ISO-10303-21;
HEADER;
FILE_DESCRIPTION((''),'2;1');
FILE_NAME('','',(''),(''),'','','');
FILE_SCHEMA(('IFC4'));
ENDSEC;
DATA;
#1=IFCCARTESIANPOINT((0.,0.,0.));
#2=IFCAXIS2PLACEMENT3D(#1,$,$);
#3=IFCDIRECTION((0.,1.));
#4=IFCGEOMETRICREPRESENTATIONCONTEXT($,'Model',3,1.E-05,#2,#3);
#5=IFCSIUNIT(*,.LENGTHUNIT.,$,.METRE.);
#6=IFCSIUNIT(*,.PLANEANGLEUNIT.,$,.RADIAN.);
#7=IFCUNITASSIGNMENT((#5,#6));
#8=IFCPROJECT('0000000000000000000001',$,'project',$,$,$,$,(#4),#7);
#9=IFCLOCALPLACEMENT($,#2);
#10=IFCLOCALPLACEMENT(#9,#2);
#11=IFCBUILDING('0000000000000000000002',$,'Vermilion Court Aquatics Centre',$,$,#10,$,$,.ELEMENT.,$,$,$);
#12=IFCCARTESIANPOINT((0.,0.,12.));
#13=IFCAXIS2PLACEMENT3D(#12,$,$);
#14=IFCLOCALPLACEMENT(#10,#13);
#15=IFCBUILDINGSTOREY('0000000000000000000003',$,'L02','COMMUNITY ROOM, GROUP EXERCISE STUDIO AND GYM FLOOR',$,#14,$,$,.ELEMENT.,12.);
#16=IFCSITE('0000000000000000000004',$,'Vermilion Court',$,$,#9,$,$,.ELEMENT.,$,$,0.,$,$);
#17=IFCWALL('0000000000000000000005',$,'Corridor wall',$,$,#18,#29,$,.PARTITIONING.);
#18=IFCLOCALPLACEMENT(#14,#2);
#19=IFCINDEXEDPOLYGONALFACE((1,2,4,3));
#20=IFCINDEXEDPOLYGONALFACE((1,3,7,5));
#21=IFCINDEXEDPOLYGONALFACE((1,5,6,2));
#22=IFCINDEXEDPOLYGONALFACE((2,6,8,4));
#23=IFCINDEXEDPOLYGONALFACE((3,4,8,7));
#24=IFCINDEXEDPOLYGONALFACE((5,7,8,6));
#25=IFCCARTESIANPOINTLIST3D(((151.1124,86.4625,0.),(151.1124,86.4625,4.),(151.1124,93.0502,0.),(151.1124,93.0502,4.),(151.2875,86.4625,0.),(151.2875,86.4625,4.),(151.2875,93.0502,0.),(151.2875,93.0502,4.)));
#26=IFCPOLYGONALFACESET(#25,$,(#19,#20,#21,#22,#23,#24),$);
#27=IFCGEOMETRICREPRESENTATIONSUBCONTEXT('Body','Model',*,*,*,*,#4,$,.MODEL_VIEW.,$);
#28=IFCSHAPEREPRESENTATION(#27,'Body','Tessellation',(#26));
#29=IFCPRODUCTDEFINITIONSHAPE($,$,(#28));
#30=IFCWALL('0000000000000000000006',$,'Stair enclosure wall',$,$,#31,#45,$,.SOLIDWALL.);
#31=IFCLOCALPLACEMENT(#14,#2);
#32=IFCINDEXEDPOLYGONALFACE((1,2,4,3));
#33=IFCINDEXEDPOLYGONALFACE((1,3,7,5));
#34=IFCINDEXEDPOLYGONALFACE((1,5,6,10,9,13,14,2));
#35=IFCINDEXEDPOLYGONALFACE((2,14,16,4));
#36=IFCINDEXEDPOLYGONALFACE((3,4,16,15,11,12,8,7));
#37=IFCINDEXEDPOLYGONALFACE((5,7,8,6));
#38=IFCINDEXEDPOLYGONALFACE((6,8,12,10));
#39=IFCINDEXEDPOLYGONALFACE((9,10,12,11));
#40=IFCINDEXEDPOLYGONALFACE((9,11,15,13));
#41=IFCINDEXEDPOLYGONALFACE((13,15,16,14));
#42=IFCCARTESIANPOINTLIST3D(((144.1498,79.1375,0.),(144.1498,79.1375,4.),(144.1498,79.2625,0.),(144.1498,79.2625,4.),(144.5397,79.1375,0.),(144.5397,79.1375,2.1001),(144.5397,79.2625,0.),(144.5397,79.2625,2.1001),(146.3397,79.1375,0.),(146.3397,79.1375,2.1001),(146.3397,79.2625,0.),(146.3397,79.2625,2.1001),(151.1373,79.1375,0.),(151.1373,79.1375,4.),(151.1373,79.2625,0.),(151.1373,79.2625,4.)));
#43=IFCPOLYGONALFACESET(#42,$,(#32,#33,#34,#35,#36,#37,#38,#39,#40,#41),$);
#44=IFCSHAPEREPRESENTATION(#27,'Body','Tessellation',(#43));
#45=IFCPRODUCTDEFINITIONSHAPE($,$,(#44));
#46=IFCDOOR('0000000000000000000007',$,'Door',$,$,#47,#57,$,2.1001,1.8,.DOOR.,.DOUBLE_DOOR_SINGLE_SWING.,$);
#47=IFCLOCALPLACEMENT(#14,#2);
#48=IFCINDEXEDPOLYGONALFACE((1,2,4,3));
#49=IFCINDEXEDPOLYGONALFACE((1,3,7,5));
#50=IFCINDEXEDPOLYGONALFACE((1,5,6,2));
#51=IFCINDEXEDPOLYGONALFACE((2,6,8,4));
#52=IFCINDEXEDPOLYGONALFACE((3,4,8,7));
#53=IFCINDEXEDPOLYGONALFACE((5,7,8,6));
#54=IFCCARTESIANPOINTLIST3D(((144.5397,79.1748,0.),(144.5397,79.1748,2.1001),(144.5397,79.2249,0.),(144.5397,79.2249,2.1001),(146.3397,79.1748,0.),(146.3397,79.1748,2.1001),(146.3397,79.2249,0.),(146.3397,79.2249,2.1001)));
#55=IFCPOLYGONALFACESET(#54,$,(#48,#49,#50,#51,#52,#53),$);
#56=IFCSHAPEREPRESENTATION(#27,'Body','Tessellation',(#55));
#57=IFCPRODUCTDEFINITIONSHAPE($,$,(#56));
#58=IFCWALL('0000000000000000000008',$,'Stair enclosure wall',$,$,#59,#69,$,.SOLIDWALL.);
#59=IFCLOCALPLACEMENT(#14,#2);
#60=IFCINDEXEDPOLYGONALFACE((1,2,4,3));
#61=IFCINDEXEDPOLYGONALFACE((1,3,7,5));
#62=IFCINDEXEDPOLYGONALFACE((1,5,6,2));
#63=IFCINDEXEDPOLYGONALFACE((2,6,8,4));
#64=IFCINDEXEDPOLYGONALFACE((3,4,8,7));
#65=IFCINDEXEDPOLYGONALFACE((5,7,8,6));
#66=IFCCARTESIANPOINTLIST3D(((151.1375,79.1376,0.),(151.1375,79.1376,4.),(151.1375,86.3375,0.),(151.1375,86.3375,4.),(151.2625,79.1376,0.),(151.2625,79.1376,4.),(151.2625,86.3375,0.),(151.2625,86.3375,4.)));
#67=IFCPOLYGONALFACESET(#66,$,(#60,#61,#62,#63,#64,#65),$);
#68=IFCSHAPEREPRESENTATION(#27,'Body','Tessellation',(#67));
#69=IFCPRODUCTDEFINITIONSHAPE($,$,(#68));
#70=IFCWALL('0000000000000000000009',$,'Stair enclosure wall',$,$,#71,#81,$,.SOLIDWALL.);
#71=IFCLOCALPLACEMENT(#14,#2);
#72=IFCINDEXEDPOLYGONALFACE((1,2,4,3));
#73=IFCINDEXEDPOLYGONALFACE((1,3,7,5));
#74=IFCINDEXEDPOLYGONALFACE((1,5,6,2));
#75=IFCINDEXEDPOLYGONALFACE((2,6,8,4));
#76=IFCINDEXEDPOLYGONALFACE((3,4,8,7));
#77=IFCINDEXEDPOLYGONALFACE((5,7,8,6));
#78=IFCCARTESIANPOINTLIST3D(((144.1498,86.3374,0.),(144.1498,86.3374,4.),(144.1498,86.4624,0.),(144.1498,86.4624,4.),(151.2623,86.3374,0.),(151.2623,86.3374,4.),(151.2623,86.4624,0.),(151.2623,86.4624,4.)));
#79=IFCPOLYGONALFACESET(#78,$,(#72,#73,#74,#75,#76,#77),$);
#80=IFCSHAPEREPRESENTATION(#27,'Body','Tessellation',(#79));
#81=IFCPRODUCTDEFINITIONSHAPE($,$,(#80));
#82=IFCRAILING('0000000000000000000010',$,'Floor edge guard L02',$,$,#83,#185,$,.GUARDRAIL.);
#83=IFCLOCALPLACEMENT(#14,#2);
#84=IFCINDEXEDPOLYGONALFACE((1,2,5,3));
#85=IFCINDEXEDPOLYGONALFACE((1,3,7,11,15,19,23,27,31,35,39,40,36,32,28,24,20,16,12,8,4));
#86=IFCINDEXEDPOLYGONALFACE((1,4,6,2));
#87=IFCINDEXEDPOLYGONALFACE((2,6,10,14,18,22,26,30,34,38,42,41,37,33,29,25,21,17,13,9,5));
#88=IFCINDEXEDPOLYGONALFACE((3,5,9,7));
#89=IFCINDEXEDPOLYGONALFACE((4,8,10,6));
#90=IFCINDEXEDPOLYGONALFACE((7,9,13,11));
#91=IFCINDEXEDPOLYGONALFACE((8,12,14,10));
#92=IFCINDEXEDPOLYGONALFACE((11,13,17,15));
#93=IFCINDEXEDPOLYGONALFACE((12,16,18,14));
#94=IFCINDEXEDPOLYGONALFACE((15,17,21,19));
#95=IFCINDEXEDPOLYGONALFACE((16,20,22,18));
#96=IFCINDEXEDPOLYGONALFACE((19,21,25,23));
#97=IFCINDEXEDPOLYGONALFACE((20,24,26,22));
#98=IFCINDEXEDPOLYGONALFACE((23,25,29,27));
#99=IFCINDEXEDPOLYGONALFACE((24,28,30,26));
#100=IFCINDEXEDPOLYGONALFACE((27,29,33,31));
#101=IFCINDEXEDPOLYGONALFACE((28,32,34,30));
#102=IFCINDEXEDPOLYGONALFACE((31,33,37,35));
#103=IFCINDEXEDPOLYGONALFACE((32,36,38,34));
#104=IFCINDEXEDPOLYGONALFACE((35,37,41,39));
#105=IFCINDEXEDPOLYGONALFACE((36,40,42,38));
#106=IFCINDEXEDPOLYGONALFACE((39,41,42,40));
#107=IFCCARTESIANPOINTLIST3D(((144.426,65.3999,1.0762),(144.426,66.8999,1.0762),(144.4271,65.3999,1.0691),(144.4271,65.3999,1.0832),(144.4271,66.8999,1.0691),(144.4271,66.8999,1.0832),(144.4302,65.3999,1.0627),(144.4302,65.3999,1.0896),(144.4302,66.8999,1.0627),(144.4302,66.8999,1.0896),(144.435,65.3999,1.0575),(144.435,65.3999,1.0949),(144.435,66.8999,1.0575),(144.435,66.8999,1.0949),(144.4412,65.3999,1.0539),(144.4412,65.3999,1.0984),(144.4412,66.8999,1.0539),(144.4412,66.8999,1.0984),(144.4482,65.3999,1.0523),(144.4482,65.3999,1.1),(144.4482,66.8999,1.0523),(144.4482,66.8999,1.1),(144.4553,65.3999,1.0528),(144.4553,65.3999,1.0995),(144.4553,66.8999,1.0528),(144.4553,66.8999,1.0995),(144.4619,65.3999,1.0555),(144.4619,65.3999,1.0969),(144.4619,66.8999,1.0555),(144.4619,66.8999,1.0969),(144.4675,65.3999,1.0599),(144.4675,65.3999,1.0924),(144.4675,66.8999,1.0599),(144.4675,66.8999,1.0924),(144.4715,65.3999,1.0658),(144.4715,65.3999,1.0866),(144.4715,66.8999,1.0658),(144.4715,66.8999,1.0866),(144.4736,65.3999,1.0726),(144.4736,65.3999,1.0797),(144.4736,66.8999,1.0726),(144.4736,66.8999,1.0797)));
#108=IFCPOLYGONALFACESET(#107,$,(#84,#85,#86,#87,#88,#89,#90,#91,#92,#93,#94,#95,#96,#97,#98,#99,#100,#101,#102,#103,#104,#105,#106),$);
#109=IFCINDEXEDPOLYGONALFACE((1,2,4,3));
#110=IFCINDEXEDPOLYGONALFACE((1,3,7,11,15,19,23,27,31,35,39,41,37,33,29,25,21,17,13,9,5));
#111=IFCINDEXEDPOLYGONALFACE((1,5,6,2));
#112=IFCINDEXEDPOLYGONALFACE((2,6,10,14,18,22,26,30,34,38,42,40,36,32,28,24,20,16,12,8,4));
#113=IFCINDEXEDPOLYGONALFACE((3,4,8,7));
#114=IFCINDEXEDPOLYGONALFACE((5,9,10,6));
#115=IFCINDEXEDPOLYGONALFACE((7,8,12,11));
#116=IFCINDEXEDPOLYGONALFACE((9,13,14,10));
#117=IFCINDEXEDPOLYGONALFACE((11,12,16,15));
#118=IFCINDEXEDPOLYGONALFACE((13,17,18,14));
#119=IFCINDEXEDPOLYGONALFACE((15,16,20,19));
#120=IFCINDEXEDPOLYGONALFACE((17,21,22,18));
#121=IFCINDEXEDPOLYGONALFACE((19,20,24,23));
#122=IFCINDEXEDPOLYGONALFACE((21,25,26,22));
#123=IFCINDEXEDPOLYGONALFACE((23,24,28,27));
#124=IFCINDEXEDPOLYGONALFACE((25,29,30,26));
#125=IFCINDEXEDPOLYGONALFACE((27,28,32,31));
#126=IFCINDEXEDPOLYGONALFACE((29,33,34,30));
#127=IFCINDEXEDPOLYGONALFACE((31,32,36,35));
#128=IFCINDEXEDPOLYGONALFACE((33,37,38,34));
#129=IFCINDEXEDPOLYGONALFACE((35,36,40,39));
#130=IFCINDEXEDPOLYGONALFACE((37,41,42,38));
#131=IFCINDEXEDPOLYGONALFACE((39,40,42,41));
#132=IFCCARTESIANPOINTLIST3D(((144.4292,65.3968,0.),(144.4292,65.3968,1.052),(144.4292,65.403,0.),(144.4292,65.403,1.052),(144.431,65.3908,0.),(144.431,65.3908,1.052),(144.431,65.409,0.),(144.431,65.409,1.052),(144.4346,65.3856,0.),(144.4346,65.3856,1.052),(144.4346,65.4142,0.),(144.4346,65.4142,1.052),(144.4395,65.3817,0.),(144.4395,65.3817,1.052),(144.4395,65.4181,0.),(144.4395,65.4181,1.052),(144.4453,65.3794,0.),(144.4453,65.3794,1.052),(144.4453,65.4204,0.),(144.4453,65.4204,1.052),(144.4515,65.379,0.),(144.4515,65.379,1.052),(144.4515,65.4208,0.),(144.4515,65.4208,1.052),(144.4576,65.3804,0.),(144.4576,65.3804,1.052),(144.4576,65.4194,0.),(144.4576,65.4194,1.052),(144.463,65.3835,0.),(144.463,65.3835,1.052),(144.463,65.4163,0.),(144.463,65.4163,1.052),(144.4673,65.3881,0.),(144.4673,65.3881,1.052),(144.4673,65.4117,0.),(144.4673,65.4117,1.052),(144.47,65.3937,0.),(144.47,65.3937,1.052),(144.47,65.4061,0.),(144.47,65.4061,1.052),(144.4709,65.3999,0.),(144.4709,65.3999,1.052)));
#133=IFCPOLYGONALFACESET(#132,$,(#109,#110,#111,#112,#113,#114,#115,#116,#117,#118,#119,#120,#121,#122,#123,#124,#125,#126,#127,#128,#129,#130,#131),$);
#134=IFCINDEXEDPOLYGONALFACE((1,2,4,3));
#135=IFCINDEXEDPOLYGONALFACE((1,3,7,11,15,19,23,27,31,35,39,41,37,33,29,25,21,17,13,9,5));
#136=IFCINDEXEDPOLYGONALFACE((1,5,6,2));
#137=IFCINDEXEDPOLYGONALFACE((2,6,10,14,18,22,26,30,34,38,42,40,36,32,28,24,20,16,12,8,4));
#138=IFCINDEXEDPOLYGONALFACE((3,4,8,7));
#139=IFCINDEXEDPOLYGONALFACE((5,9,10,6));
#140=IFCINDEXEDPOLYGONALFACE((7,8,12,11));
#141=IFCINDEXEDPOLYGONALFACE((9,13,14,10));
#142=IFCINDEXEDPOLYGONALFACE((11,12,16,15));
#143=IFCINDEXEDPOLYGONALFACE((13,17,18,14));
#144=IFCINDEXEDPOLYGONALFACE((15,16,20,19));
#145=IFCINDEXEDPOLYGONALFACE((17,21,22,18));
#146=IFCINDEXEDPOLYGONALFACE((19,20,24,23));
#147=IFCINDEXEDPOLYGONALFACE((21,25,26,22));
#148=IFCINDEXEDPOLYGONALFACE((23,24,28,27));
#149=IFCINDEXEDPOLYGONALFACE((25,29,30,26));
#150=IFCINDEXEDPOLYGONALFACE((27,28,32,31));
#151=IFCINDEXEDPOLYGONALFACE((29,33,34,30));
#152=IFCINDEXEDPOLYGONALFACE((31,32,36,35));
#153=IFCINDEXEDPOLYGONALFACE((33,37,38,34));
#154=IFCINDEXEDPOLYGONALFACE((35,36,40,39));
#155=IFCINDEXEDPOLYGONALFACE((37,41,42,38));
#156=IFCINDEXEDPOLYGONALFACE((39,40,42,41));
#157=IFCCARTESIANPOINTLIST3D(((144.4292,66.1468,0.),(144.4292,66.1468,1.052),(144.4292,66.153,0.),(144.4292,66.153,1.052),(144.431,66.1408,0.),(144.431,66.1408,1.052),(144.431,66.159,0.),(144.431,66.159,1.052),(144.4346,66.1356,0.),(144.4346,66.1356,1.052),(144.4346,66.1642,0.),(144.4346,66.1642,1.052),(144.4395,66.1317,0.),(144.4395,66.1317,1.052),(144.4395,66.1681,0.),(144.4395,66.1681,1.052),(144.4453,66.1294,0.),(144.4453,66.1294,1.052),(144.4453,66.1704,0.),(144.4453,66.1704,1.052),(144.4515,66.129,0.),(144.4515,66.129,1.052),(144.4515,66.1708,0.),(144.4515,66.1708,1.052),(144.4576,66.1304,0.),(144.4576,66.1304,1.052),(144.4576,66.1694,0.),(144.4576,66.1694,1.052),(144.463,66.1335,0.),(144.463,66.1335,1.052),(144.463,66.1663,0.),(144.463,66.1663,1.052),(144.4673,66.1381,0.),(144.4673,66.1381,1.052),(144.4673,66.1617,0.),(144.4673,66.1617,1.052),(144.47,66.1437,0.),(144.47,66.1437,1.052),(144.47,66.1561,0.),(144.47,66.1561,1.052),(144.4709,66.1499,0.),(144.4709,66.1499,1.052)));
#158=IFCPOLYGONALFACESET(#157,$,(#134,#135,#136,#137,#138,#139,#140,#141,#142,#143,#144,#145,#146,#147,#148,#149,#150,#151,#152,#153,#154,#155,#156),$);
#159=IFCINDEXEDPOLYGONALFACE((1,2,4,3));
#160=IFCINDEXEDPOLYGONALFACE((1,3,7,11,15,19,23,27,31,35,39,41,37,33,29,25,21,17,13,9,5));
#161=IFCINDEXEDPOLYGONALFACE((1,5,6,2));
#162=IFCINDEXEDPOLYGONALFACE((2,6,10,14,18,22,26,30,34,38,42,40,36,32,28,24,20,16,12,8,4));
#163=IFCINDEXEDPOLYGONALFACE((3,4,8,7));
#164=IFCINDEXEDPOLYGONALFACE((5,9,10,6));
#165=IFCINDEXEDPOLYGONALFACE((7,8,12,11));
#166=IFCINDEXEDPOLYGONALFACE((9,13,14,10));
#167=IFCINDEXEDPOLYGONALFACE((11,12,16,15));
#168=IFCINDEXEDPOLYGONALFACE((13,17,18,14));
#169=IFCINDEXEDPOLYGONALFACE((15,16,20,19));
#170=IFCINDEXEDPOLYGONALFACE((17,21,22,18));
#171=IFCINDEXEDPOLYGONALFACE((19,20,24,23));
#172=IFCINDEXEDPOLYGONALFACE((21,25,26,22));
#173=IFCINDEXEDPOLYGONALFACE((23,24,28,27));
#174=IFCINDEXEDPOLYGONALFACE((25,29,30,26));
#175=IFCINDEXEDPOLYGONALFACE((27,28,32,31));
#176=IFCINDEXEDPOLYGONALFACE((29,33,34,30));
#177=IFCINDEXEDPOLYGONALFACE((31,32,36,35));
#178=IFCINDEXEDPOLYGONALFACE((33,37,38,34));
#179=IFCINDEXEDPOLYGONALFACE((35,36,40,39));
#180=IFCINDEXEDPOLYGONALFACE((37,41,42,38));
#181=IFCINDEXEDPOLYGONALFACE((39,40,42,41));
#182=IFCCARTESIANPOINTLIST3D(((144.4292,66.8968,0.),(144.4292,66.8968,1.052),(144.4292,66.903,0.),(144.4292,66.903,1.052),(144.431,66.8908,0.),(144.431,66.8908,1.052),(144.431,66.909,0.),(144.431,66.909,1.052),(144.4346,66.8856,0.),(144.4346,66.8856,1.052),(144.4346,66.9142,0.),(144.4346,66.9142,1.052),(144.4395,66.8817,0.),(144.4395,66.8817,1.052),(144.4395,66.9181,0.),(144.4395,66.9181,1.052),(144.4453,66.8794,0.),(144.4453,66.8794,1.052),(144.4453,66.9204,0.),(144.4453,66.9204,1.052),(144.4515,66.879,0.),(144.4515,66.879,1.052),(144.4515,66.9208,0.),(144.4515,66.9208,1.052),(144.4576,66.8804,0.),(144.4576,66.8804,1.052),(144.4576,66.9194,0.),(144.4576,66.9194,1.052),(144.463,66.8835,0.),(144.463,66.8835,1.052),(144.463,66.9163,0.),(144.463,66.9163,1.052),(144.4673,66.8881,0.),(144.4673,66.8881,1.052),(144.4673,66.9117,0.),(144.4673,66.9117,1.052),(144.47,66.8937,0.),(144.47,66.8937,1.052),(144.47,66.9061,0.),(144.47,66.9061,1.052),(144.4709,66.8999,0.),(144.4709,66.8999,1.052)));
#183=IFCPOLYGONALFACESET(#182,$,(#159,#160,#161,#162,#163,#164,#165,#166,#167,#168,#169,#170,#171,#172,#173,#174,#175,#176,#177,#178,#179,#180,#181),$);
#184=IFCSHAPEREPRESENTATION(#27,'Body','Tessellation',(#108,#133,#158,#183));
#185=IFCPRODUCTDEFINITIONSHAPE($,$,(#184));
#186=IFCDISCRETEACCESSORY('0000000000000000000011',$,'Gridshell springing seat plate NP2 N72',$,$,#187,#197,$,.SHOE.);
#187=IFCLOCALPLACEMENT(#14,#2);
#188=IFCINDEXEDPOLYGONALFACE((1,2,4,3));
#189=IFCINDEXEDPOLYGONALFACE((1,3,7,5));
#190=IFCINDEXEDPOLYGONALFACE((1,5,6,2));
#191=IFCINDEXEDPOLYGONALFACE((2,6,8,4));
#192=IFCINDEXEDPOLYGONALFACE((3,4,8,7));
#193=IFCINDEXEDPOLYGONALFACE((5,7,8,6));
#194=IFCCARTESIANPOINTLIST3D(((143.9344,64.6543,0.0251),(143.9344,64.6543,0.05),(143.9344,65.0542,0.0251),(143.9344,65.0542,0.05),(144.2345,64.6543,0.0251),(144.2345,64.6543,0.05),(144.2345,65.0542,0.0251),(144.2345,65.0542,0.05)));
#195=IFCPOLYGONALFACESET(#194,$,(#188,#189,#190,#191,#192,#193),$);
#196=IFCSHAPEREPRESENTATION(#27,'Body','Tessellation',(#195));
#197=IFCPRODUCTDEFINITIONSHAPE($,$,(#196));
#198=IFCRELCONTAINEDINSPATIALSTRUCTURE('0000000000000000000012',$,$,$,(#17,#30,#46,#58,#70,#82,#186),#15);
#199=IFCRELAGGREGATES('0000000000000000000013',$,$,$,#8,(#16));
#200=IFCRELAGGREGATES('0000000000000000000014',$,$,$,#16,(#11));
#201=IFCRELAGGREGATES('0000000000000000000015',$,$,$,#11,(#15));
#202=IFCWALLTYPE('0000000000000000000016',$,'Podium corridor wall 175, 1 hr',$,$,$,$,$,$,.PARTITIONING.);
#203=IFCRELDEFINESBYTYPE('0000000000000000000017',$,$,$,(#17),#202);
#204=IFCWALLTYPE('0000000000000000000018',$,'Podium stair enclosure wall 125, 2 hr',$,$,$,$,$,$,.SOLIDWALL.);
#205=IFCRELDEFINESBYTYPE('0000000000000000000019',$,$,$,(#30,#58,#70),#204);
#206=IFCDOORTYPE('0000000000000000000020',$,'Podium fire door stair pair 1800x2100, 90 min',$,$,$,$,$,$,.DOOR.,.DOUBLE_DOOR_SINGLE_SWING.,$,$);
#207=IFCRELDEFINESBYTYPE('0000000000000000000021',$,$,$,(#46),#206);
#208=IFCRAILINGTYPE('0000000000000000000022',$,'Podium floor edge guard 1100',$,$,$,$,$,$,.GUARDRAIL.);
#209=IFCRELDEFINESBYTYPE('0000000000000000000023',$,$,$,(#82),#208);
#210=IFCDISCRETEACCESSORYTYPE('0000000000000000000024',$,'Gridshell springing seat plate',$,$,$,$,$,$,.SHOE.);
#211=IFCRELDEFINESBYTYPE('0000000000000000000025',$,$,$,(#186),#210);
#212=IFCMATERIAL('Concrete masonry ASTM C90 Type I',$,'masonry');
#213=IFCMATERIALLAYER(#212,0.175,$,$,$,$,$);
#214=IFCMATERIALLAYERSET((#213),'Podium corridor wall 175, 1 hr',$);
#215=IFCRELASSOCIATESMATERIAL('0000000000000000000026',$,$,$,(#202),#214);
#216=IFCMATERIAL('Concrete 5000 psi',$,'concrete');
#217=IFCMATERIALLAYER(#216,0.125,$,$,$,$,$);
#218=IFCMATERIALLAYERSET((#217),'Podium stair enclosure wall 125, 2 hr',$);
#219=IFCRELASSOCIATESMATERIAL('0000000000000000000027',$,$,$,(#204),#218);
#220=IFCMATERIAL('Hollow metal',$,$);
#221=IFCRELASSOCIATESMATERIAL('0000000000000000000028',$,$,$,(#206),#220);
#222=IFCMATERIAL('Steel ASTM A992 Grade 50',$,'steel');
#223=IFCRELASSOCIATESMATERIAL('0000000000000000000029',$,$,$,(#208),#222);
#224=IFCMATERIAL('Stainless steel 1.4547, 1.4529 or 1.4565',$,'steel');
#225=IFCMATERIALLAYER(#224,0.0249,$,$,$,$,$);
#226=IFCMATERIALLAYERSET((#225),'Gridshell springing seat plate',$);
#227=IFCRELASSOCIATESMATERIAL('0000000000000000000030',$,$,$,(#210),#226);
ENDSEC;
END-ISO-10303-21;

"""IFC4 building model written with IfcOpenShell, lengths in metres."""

from ifc_helpers import new_model, si_unit, direction, frame, frame_2d, origin, origin_2d, place, context, subcontext, project, spatial, rectangle, circle, extrude, material, layer, layer_set, type_object, element, fill, save


model = new_model("IFC4")

# Units and contexts
model_context = context("Model", 3, precision=1e-05, world=origin(), true_north=direction((0.0, 1.0)))
body_context = subcontext(model_context, "Body", "Model", "MODEL_VIEW")
ifc_project = project(units=[si_unit("LENGTHUNIT", "METRE"), si_unit("PLANEANGLEUNIT", "RADIAN")], contexts=[model_context])

# Site, building, storey
site_placement = place(None, origin())
site = spatial("IfcSite", under=ifc_project, at=site_placement, Name="Vermilion Court", CompositionType="ELEMENT", RefElevation=0.0)
building_placement = place(site_placement, origin())
building = spatial("IfcBuilding", under=site, at=building_placement, Name="Vermilion Court Aquatics Centre", CompositionType="ELEMENT")
storey_placement = place(building_placement, frame((0.0, 0.0, 12.0)))
storey = spatial("IfcBuildingStorey", under=building, at=storey_placement, Name="L02", Description="COMMUNITY ROOM, GROUP EXERCISE STUDIO AND GYM FLOOR", CompositionType="ELEMENT", Elevation=12.0)

# Shared definitions
ifc_material_1 = material(Name="Concrete masonry ASTM C90 Type I", Category="masonry")
ifc_layer_1 = layer(ifc_material_1, 0.175)
ifc_layer_set_1 = layer_set([ifc_layer_1], Name="Podium corridor wall 175, 1 hr")
wall_type_1 = type_object("IfcWallType", Name="Podium corridor wall 175, 1 hr", PredefinedType="PARTITIONING", material=ifc_layer_set_1)

# Wall
wall_1_placement = place(storey_placement, frame((151.2, 86.4624, 0.0), z_axis=(0.0, 0.0, 1.0), x_axis=(0.0, 1.0, 0.0)))
element("IfcWall", 1, at=wall_1_placement, inside=storey, type_object=wall_type_1, Name="Corridor wall", PredefinedType="PARTITIONING", context=body_context, shape_type="SweptSolid", body=[
    extrude(rectangle(XDim=6.5876, YDim=0.175, at=frame_2d((3.2939, 0.0))), origin(), (0.0, 0.0, 1.0), 4.0),
])

# Wall, opening, door
ifc_material_2 = material(Name="Concrete 5000 psi", Category="concrete")
ifc_layer_2 = layer(ifc_material_2, 0.125)
ifc_layer_set_2 = layer_set([ifc_layer_2], Name="Podium stair enclosure wall 125, 2 hr")
wall_type_2 = type_object("IfcWallType", Name="Podium stair enclosure wall 125, 2 hr", PredefinedType="SOLIDWALL", material=ifc_layer_set_2)
wall_2_placement = place(storey_placement, frame((144.1499, 79.2, 0.0), z_axis=(0.0, 0.0, 1.0), x_axis=(1.0, 0.0, 0.0)))
wall_2 = element("IfcWall", 2, at=wall_2_placement, inside=storey, type_object=wall_type_2, Name="Stair enclosure wall", PredefinedType="SOLIDWALL", context=body_context, shape_type="SweptSolid", body=[
    extrude(rectangle(XDim=6.9875, YDim=0.125, at=frame_2d((3.4937, 0.0))), origin(), (0.0, 0.0, 1.0), 4.0),
])
opening_1_placement = place(wall_2_placement, frame((0.3899, 0.0, 0.0)))
opening_1 = element("IfcOpeningElement", 3, at=opening_1_placement, cuts=wall_2, PredefinedType="OPENING", context=body_context, shape_type="SweptSolid", body=[
    extrude(rectangle(XDim=1.8, YDim=2.1001, at=frame_2d((0.8999, 1.05))), frame((0.0, 0.0725, 0.0), z_axis=(0.0, -1.0, 0.0), x_axis=(1.0, 0.0, 0.0)), (0.0, 0.0, 1.0), 0.145),
])
ifc_material_3 = material(Name="Hollow metal")
door_type_1 = type_object("IfcDoorType", Name="Podium fire door stair pair 1800x2100, 90 min", OperationType="DOUBLE_DOOR_SINGLE_SWING", PredefinedType="DOOR", material=ifc_material_3)
door_1_placement = place(opening_1_placement, origin())
door_1 = element("IfcDoor", 4, at=door_1_placement, inside=storey, type_object=door_type_1, Name="Door", OperationType="DOUBLE_DOOR_SINGLE_SWING", OverallHeight=2.1001, OverallWidth=1.8, PredefinedType="DOOR", context=body_context, shape_type="SweptSolid", body=[
    extrude(rectangle(XDim=1.8, YDim=2.1001, at=frame_2d((0.8999, 1.05))), frame((0.0, 0.0249, 0.0), z_axis=(0.0, -1.0, 0.0), x_axis=(1.0, 0.0, 0.0)), (0.0, 0.0, 1.0), 0.05),
])
fill(opening_1, door_1)

# Walls
wall_3_placement = place(storey_placement, frame((151.2, 79.1375, 0.0), z_axis=(0.0, 0.0, 1.0), x_axis=(0.0, 1.0, 0.0)))
element("IfcWall", 5, at=wall_3_placement, inside=storey, type_object=wall_type_2, Name="Stair enclosure wall", PredefinedType="SOLIDWALL", context=body_context, shape_type="SweptSolid", body=[
    extrude(rectangle(XDim=7.2, YDim=0.125, at=frame_2d((3.6001, 0.0))), origin(), (0.0, 0.0, 1.0), 4.0),
])
wall_4_placement = place(storey_placement, frame((144.1499, 86.3999, 0.0), z_axis=(0.0, 0.0, 1.0), x_axis=(1.0, 0.0, 0.0)))
element("IfcWall", 6, at=wall_4_placement, inside=storey, type_object=wall_type_2, Name="Stair enclosure wall", PredefinedType="SOLIDWALL", context=body_context, shape_type="SweptSolid", body=[
    extrude(rectangle(XDim=7.1125, YDim=0.125, at=frame_2d((3.5562, 0.0))), origin(), (0.0, 0.0, 1.0), 4.0),
])

# Railing
ifc_material_4 = material(Name="Steel ASTM A992 Grade 50", Category="steel")
railing_type = type_object("IfcRailingType", Name="Podium floor edge guard 1100", PredefinedType="GUARDRAIL", material=ifc_material_4)
railing_placement = place(storey_placement, frame((144.45, 65.3999, 0.0)))
element("IfcRailing", 7, at=railing_placement, inside=storey, type_object=railing_type, Name="Floor edge guard L02", PredefinedType="GUARDRAIL", context=body_context, shape_type="SweptSolid", body=[
    extrude(circle(Radius=0.0239, at=origin_2d()), frame((0.0, 0.0, 1.0762), z_axis=(0.0, 1.0, 0.0), x_axis=(-1.0, 0.0, 0.0)), (0.0, 0.0, 1.0), 1.5),
    extrude(circle(Radius=0.021, at=origin_2d()), origin(), (0.0, 0.0, 1.0), 1.052),
    extrude(circle(Radius=0.021, at=origin_2d()), frame((0.0, 0.75, 0.0)), (0.0, 0.0, 1.0), 1.052),
    extrude(circle(Radius=0.021, at=origin_2d()), frame((0.0, 1.5, 0.0)), (0.0, 0.0, 1.0), 1.052),
])

# Discrete accessory
ifc_material_5 = material(Name="Stainless steel 1.4547, 1.4529 or 1.4565", Category="steel")
ifc_layer_3 = layer(ifc_material_5, 0.0249)
ifc_layer_set_3 = layer_set([ifc_layer_3], Name="Gridshell springing seat plate")
discrete_accessory_type = type_object("IfcDiscreteAccessoryType", Name="Gridshell springing seat plate", PredefinedType="SHOE", material=ifc_layer_set_3)
discrete_accessory_placement = place(storey_placement, frame((144.0845, 64.8542, 0.0251), z_axis=(0.0, 0.0, 1.0), x_axis=(1.0, 0.0, 0.0)))
element("IfcDiscreteAccessory", 8, at=discrete_accessory_placement, inside=storey, type_object=discrete_accessory_type, Name="Gridshell springing seat plate NP2 N72", PredefinedType="SHOE", context=body_context, shape_type="SweptSolid", body=[
    extrude(rectangle(XDim=0.3, YDim=0.3999, at=origin_2d()), origin(), (0.0, 0.0, 1.0), 0.0249),
])

save(model, "model.ifc")
